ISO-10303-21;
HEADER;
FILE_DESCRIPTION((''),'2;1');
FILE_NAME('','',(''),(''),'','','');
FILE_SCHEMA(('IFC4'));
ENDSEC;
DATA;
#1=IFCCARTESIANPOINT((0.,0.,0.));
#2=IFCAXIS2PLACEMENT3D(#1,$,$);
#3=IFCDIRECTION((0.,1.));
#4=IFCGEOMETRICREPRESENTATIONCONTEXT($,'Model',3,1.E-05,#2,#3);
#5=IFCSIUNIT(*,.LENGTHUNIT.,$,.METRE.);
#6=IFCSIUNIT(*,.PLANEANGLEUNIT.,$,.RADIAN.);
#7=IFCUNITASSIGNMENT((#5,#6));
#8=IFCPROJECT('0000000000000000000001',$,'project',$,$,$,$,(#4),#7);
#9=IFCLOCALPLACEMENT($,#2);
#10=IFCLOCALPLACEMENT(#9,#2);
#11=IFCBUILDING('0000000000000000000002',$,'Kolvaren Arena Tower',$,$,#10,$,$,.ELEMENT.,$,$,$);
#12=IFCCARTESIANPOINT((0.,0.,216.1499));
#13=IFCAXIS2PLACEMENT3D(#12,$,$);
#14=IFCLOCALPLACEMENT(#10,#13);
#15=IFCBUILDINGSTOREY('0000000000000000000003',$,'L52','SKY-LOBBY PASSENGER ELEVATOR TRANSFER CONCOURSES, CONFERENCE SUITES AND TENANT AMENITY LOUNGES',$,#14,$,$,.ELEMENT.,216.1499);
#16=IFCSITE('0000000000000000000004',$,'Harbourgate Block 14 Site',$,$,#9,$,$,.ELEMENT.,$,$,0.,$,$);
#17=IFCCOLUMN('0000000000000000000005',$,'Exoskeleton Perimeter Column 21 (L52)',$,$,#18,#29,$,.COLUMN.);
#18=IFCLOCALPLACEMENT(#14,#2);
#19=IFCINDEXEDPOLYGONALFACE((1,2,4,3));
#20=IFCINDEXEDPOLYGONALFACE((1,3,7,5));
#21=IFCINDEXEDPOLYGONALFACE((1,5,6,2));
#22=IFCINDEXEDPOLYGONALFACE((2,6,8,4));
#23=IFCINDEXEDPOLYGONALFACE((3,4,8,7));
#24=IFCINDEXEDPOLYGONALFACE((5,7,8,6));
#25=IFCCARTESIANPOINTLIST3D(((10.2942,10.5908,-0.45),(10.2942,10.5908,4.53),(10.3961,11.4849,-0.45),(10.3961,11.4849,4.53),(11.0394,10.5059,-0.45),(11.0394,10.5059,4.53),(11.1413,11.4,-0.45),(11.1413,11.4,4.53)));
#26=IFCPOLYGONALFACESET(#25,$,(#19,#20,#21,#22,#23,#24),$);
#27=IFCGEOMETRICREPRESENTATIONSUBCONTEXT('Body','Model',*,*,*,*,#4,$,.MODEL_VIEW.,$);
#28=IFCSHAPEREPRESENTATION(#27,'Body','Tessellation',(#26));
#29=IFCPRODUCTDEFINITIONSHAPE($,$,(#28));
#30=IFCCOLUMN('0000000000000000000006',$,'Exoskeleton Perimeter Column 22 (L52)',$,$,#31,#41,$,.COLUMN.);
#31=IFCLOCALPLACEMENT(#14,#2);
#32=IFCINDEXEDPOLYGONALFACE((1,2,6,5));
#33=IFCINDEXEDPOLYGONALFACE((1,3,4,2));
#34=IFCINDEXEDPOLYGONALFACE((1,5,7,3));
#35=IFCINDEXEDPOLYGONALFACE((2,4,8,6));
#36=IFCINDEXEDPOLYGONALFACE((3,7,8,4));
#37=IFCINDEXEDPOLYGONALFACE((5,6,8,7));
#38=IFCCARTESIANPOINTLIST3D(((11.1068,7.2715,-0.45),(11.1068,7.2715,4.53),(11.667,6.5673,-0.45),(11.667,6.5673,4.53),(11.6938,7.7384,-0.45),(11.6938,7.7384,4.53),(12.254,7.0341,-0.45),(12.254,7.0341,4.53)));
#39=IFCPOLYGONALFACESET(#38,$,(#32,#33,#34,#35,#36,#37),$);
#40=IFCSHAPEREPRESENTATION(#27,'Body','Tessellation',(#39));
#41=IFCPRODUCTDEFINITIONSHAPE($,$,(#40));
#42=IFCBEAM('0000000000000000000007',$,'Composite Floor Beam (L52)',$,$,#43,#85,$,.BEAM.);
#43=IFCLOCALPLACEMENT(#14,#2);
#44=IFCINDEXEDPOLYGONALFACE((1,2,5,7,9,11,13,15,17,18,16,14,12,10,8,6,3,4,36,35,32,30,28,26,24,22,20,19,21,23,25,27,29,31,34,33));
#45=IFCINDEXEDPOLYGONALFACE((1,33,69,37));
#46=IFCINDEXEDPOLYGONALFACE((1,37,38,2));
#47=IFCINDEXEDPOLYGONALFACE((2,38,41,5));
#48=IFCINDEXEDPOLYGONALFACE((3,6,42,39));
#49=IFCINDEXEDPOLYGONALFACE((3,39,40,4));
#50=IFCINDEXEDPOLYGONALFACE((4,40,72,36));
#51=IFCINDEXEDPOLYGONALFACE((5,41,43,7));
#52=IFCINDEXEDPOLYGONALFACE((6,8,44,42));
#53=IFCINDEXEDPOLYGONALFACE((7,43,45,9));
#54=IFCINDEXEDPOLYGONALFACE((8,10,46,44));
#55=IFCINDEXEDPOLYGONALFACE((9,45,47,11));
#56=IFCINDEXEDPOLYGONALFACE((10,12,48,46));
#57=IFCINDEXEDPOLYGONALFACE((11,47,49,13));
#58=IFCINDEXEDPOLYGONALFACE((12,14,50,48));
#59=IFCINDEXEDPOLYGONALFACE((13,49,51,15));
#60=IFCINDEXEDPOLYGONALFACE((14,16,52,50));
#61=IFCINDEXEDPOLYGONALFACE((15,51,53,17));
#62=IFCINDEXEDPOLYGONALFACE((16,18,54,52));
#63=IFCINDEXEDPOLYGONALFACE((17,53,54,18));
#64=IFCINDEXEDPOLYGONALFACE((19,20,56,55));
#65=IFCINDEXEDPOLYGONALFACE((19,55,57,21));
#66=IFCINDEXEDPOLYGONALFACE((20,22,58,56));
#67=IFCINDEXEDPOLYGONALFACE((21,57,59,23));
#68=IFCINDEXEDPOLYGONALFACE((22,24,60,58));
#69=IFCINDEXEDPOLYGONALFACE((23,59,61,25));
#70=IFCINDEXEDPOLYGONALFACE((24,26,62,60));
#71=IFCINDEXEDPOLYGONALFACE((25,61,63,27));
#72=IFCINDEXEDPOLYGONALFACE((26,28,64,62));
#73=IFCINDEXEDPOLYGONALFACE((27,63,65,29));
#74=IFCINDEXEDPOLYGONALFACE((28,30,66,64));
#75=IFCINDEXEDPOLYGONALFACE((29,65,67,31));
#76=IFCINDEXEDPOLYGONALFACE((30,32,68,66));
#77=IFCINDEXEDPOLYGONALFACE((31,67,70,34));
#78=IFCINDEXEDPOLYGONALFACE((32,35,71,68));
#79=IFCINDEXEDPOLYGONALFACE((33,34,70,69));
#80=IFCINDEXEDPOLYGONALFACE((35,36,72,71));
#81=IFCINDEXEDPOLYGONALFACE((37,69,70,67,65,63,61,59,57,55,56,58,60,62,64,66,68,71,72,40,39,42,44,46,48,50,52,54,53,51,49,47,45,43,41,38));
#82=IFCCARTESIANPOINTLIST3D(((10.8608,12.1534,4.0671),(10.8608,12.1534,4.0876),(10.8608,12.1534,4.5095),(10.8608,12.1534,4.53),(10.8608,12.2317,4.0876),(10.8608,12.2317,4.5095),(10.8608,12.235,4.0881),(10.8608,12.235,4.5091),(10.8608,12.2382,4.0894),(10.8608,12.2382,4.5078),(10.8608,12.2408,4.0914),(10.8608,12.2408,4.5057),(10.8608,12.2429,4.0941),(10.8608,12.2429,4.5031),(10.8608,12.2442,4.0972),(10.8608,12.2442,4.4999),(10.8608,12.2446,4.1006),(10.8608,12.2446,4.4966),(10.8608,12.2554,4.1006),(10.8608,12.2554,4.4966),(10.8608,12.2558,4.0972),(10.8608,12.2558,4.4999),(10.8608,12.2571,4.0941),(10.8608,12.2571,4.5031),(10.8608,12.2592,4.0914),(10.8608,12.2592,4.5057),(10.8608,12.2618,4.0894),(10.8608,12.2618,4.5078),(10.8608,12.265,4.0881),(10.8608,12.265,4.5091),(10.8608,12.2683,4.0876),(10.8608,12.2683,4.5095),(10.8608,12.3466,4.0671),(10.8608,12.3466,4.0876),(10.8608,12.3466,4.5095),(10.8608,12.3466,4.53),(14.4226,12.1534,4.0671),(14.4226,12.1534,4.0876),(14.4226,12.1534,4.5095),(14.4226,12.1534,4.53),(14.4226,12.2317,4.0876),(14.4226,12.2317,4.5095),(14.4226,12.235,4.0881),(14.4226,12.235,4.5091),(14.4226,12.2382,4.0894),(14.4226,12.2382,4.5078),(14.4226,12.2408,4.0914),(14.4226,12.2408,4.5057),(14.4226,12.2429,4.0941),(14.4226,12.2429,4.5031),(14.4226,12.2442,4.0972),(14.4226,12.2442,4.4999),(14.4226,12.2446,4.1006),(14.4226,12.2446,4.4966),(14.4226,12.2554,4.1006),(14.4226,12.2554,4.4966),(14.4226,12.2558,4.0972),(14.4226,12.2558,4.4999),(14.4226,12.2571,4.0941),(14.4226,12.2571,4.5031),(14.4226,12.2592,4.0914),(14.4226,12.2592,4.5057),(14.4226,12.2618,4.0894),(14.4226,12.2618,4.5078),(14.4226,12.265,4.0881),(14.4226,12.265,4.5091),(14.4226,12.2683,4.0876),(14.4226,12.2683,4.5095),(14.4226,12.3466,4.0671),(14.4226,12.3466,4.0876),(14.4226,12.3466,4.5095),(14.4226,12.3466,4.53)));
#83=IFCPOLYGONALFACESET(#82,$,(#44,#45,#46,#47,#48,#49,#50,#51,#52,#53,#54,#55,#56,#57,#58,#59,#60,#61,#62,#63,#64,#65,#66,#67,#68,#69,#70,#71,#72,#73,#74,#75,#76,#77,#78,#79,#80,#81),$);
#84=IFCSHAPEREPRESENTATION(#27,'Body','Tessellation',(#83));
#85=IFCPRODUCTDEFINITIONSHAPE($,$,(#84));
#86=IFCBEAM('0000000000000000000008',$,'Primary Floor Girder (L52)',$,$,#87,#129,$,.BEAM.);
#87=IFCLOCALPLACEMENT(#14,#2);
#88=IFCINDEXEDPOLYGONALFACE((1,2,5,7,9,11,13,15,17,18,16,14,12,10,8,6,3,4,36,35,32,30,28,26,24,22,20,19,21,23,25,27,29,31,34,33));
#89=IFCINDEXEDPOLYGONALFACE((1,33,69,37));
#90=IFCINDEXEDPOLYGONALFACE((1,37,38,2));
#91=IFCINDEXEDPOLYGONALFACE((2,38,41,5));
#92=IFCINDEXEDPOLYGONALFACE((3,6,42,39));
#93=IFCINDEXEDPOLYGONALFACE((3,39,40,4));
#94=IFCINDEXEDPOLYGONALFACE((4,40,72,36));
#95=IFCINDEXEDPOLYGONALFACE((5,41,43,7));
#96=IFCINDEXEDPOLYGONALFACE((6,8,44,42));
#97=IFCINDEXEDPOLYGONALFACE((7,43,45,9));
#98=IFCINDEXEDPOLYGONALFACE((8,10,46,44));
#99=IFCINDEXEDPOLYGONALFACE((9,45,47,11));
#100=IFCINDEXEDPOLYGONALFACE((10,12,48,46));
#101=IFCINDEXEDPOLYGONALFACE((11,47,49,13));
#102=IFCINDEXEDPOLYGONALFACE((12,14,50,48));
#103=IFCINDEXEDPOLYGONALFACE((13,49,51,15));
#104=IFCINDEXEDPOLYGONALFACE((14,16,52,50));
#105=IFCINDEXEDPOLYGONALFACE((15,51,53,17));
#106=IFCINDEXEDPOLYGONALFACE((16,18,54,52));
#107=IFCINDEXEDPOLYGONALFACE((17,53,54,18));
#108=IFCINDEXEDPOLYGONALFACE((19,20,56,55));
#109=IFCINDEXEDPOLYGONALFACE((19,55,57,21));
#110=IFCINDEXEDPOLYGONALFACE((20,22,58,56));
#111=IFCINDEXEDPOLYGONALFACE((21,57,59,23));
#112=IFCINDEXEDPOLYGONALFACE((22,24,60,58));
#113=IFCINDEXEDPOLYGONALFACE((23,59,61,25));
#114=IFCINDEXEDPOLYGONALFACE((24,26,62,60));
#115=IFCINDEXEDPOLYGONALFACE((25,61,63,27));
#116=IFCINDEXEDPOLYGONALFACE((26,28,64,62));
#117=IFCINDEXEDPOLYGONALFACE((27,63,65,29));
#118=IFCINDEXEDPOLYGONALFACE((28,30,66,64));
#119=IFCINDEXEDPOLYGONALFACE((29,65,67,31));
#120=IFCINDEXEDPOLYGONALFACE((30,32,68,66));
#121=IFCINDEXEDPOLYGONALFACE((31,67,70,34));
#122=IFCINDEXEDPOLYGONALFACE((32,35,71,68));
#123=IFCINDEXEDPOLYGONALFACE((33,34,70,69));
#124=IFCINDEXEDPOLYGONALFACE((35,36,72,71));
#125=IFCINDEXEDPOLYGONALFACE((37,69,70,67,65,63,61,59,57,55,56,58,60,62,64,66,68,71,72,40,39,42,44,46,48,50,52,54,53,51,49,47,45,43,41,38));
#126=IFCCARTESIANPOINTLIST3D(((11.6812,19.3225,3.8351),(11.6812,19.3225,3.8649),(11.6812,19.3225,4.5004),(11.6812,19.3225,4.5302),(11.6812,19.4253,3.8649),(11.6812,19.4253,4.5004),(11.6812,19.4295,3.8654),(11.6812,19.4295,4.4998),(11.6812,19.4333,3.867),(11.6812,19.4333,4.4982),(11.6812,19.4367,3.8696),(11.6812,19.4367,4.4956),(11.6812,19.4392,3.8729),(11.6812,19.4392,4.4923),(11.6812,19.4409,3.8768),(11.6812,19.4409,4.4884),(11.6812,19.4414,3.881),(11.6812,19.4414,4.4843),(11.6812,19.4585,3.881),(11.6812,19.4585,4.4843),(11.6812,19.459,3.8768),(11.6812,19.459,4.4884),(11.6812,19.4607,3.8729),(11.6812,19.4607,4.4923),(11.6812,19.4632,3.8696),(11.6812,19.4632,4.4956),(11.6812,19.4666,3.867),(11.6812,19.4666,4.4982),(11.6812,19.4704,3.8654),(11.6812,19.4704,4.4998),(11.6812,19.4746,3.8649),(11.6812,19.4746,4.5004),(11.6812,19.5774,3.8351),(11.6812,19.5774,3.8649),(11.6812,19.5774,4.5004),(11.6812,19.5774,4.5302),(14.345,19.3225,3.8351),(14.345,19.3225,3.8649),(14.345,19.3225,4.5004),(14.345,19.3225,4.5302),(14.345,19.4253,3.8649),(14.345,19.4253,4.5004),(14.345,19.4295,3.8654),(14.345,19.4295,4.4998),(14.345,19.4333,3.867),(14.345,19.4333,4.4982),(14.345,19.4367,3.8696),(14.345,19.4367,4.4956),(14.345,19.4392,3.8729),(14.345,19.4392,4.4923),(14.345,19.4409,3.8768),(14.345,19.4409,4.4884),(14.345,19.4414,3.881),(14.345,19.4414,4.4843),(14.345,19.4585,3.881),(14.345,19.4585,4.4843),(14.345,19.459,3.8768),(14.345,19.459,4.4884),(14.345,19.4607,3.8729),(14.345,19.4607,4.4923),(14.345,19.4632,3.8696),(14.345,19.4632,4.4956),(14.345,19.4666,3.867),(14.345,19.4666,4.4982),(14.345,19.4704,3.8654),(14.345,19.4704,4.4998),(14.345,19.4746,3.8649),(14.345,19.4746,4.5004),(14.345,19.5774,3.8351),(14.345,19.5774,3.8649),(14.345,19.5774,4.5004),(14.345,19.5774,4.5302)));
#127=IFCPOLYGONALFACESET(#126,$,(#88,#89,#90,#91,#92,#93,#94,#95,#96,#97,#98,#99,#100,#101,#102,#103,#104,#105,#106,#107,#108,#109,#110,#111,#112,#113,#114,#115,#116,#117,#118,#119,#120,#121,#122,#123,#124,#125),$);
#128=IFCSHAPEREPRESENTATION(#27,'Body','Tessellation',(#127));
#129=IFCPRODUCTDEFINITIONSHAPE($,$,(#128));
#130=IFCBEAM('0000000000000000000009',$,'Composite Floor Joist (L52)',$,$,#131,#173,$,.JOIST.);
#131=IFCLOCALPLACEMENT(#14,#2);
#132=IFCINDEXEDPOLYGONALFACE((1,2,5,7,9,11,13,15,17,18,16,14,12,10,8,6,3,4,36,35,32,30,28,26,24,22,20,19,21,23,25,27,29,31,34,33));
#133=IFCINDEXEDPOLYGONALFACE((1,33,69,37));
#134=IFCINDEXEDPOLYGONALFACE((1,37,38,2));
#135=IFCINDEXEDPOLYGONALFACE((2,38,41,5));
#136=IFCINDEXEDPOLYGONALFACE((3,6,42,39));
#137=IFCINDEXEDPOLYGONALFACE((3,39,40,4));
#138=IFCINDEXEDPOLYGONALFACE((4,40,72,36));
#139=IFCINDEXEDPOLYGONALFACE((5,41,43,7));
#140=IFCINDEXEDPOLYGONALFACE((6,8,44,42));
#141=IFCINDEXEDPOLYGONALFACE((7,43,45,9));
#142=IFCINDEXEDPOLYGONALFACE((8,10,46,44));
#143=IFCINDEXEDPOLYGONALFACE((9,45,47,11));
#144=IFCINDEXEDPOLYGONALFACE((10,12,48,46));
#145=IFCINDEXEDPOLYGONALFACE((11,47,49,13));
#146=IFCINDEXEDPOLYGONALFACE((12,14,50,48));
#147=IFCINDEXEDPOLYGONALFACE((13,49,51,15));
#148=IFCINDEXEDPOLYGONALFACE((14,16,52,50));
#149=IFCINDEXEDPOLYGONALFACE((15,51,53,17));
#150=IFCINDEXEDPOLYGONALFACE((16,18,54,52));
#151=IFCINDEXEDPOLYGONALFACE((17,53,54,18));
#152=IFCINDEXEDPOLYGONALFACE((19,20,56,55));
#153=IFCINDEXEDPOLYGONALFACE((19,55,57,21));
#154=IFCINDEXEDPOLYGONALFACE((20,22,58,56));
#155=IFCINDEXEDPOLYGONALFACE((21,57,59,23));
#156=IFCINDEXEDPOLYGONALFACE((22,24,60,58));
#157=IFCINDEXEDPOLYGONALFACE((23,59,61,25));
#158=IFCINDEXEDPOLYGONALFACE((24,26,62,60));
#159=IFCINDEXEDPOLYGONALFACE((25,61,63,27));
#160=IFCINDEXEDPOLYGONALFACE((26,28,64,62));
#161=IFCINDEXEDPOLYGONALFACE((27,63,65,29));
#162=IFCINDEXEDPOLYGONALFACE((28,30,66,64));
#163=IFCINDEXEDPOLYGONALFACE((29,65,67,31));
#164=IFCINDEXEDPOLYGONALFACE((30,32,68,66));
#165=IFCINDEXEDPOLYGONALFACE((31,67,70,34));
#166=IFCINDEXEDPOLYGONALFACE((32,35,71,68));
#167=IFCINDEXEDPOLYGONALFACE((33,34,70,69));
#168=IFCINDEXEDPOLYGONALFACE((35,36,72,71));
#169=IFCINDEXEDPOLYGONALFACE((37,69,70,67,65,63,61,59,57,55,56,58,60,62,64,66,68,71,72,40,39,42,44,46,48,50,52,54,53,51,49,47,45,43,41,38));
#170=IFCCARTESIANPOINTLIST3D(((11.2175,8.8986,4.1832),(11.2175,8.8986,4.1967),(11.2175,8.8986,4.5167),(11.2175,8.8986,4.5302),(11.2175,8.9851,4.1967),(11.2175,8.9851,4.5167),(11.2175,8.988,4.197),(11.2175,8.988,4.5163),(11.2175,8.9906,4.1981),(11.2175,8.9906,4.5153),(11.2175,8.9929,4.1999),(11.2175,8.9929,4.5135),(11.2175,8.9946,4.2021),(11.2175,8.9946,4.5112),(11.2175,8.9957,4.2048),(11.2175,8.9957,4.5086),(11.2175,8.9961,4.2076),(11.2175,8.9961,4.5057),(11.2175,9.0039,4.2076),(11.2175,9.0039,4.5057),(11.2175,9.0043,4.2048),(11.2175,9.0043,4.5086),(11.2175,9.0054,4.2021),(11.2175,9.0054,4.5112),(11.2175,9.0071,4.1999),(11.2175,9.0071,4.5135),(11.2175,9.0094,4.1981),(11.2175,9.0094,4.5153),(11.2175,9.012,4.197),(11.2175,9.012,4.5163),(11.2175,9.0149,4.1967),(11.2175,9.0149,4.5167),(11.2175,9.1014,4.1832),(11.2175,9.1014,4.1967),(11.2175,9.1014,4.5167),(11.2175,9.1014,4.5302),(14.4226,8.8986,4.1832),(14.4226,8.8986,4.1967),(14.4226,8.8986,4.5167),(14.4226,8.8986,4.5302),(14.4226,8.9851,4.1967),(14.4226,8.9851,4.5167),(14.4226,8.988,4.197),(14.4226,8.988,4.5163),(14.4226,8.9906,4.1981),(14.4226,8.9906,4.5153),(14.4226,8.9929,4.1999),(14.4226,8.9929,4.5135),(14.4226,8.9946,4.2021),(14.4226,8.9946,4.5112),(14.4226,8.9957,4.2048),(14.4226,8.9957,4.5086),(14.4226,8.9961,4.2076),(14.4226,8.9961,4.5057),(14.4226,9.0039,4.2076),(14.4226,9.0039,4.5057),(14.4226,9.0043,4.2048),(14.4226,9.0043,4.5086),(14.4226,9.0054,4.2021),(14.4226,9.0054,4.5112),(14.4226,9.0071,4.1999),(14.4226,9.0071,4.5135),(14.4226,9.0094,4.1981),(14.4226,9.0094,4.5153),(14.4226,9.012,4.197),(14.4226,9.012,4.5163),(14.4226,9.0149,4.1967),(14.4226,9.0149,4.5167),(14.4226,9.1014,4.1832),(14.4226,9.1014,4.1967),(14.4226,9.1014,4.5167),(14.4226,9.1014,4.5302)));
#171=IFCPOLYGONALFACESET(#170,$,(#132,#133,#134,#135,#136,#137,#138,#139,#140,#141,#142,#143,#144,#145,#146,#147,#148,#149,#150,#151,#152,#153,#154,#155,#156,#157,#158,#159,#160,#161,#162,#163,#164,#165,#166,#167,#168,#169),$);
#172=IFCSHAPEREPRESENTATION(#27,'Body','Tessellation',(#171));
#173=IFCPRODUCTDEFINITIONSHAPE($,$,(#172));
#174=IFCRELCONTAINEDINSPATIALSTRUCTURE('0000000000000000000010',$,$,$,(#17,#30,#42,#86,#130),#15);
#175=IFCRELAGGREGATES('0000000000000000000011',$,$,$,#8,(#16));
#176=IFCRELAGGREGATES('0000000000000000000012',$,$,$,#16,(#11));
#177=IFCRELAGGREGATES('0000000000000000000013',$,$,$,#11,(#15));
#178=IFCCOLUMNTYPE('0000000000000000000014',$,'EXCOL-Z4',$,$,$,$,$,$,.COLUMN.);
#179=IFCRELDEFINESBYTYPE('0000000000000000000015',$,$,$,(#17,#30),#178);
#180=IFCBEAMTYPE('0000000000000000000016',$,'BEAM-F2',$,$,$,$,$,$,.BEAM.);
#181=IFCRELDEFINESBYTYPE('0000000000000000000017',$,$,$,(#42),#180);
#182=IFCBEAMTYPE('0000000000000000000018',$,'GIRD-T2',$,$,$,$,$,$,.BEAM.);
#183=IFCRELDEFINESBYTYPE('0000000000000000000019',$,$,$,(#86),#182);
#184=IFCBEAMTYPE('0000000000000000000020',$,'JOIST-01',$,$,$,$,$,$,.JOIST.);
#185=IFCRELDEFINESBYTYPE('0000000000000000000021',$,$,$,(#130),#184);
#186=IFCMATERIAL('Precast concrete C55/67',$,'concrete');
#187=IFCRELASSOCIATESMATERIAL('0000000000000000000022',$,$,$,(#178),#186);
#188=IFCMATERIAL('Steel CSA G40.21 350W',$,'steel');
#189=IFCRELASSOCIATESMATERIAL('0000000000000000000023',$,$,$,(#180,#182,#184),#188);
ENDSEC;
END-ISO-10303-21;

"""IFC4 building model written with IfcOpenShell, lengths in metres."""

from ifc_helpers import new_model, si_unit, direction, frame, origin, origin_2d, place, context, subcontext, project, spatial, rectangle, i_section, extrude, material, material_profile, profile_set, type_object, element, save


model = new_model("IFC4")

# Units and contexts
model_context = context("Model", 3, precision=1e-05, world=origin(), true_north=direction((0.0, 1.0)))
body_context = subcontext(model_context, "Body", "Model", "MODEL_VIEW")
ifc_project = project(units=[si_unit("LENGTHUNIT", "METRE"), si_unit("PLANEANGLEUNIT", "RADIAN")], contexts=[model_context])

# Site, building, storey
site_placement = place(None, origin())
site = spatial("IfcSite", under=ifc_project, at=site_placement, Name="Harbourgate Block 14 Site", CompositionType="ELEMENT", RefElevation=0.0)
building_placement = place(site_placement, origin())
building = spatial("IfcBuilding", under=site, at=building_placement, Name="Kolvaren Arena Tower", CompositionType="ELEMENT")
storey_placement = place(building_placement, frame((0.0, 0.0, 216.1499)))
storey = spatial("IfcBuildingStorey", under=building, at=storey_placement, Name="L52", Description="SKY-LOBBY PASSENGER ELEVATOR TRANSFER CONCOURSES, CONFERENCE SUITES AND TENANT AMENITY LOUNGES", CompositionType="ELEMENT", Elevation=216.1499)

# Columns
ifc_material_1 = material(Name="Precast concrete C55/67", Category="concrete")
ifc_material_profile_1 = material_profile(ifc_material_1, rectangle(XDim=0.8999, YDim=0.75, at=origin_2d()), Name="RC-900x750")
ifc_profile_set_1 = profile_set([ifc_material_profile_1], Name="Precast concrete C55/67")
column_type = type_object("IfcColumnType", Name="EXCOL-Z4", PredefinedType="COLUMN", material=ifc_profile_set_1)
for number, where, z_axis, x_axis, name in (
    (1, (10.7178, 10.9954, -0.45), (0.0, 0.0, 1.0), (0.113203, 0.993572, 0.0), "Exoskeleton Perimeter Column 21 (L52)"),
    (2, (11.6804, 7.1528, -0.45), (0.0, 0.0, 1.0), (-0.622515, 0.782608, 0.0), "Exoskeleton Perimeter Column 22 (L52)"),
):
    element("IfcColumn", number, at=place(storey_placement, frame(where, z_axis=z_axis, x_axis=x_axis)), inside=storey, type_object=column_type, Name=name, PredefinedType="COLUMN", context=body_context, shape_type="SweptSolid", body=[
        extrude(rectangle(XDim=0.8999, YDim=0.75, at=origin_2d()), origin(), (0.0, 0.0, 1.0), 4.98),
    ])

# Beams
ifc_material_2 = material(Name="Steel CSA G40.21 350W", Category="steel")
ifc_material_profile_2 = material_profile(ifc_material_2, i_section(OverallWidth=0.1931, OverallDepth=0.4629, WebThickness=0.0107, FlangeThickness=0.0205, FilletRadius=0.0129, at=origin_2d()), Name="W460x113")
ifc_profile_set_2 = profile_set([ifc_material_profile_2], Name="Steel CSA G40.21 350W")
beam_type_1 = type_object("IfcBeamType", Name="BEAM-F2", PredefinedType="BEAM", material=ifc_profile_set_2)
beam_1_placement = place(storey_placement, frame((10.8608, 12.25, 4.2986), z_axis=(1.0, 0.0, 0.0), x_axis=(0.0, 1.0, 0.0)))
element("IfcBeam", 3, at=beam_1_placement, inside=storey, type_object=beam_type_1, Name="Composite Floor Beam (L52)", PredefinedType="BEAM", context=body_context, shape_type="SweptSolid", body=[
    extrude(i_section(OverallWidth=0.1931, OverallDepth=0.4629, WebThickness=0.0107, FlangeThickness=0.0205, FilletRadius=0.0129, at=origin_2d()), origin(), (0.0, 0.0, 1.0), 3.5618),
])
ifc_material_profile_3 = material_profile(ifc_material_2, i_section(OverallWidth=0.2549, OverallDepth=0.6951, WebThickness=0.0171, FlangeThickness=0.0298, FilletRadius=0.0161, at=origin_2d()), Name="W690x217")
ifc_profile_set_3 = profile_set([ifc_material_profile_3], Name="Steel CSA G40.21 350W")
beam_type_2 = type_object("IfcBeamType", Name="GIRD-T2", PredefinedType="BEAM", material=ifc_profile_set_3)
beam_2_placement = place(storey_placement, frame((11.6812, 19.45, 4.1826), z_axis=(1.0, 0.0, 0.0), x_axis=(0.0, 1.0, 0.0)))
element("IfcBeam", 4, at=beam_2_placement, inside=storey, type_object=beam_type_2, Name="Primary Floor Girder (L52)", PredefinedType="BEAM", context=body_context, shape_type="SweptSolid", body=[
    extrude(i_section(OverallWidth=0.2549, OverallDepth=0.6951, WebThickness=0.0171, FlangeThickness=0.0298, FilletRadius=0.0161, at=origin_2d()), origin(), (0.0, 0.0, 1.0), 2.6638),
])
ifc_material_profile_4 = material_profile(ifc_material_2, i_section(OverallWidth=0.2029, OverallDepth=0.3469, WebThickness=0.0078, FlangeThickness=0.0134, FilletRadius=0.011, at=origin_2d()), Name="W360x64")
ifc_profile_set_4 = profile_set([ifc_material_profile_4], Name="Steel CSA G40.21 350W")
beam_type_3 = type_object("IfcBeamType", Name="JOIST-01", PredefinedType="JOIST", material=ifc_profile_set_4)
beam_3_placement = place(storey_placement, frame((11.2175, 9.0, 4.3567), z_axis=(1.0, 0.0, 0.0), x_axis=(0.0, 1.0, 0.0)))
element("IfcBeam", 5, at=beam_3_placement, inside=storey, type_object=beam_type_3, Name="Composite Floor Joist (L52)", PredefinedType="JOIST", context=body_context, shape_type="SweptSolid", body=[
    extrude(i_section(OverallWidth=0.2029, OverallDepth=0.3469, WebThickness=0.0078, FlangeThickness=0.0134, FilletRadius=0.011, at=origin_2d()), origin(), (0.0, 0.0, 1.0), 3.2051),
])

save(model, "model.ifc")
